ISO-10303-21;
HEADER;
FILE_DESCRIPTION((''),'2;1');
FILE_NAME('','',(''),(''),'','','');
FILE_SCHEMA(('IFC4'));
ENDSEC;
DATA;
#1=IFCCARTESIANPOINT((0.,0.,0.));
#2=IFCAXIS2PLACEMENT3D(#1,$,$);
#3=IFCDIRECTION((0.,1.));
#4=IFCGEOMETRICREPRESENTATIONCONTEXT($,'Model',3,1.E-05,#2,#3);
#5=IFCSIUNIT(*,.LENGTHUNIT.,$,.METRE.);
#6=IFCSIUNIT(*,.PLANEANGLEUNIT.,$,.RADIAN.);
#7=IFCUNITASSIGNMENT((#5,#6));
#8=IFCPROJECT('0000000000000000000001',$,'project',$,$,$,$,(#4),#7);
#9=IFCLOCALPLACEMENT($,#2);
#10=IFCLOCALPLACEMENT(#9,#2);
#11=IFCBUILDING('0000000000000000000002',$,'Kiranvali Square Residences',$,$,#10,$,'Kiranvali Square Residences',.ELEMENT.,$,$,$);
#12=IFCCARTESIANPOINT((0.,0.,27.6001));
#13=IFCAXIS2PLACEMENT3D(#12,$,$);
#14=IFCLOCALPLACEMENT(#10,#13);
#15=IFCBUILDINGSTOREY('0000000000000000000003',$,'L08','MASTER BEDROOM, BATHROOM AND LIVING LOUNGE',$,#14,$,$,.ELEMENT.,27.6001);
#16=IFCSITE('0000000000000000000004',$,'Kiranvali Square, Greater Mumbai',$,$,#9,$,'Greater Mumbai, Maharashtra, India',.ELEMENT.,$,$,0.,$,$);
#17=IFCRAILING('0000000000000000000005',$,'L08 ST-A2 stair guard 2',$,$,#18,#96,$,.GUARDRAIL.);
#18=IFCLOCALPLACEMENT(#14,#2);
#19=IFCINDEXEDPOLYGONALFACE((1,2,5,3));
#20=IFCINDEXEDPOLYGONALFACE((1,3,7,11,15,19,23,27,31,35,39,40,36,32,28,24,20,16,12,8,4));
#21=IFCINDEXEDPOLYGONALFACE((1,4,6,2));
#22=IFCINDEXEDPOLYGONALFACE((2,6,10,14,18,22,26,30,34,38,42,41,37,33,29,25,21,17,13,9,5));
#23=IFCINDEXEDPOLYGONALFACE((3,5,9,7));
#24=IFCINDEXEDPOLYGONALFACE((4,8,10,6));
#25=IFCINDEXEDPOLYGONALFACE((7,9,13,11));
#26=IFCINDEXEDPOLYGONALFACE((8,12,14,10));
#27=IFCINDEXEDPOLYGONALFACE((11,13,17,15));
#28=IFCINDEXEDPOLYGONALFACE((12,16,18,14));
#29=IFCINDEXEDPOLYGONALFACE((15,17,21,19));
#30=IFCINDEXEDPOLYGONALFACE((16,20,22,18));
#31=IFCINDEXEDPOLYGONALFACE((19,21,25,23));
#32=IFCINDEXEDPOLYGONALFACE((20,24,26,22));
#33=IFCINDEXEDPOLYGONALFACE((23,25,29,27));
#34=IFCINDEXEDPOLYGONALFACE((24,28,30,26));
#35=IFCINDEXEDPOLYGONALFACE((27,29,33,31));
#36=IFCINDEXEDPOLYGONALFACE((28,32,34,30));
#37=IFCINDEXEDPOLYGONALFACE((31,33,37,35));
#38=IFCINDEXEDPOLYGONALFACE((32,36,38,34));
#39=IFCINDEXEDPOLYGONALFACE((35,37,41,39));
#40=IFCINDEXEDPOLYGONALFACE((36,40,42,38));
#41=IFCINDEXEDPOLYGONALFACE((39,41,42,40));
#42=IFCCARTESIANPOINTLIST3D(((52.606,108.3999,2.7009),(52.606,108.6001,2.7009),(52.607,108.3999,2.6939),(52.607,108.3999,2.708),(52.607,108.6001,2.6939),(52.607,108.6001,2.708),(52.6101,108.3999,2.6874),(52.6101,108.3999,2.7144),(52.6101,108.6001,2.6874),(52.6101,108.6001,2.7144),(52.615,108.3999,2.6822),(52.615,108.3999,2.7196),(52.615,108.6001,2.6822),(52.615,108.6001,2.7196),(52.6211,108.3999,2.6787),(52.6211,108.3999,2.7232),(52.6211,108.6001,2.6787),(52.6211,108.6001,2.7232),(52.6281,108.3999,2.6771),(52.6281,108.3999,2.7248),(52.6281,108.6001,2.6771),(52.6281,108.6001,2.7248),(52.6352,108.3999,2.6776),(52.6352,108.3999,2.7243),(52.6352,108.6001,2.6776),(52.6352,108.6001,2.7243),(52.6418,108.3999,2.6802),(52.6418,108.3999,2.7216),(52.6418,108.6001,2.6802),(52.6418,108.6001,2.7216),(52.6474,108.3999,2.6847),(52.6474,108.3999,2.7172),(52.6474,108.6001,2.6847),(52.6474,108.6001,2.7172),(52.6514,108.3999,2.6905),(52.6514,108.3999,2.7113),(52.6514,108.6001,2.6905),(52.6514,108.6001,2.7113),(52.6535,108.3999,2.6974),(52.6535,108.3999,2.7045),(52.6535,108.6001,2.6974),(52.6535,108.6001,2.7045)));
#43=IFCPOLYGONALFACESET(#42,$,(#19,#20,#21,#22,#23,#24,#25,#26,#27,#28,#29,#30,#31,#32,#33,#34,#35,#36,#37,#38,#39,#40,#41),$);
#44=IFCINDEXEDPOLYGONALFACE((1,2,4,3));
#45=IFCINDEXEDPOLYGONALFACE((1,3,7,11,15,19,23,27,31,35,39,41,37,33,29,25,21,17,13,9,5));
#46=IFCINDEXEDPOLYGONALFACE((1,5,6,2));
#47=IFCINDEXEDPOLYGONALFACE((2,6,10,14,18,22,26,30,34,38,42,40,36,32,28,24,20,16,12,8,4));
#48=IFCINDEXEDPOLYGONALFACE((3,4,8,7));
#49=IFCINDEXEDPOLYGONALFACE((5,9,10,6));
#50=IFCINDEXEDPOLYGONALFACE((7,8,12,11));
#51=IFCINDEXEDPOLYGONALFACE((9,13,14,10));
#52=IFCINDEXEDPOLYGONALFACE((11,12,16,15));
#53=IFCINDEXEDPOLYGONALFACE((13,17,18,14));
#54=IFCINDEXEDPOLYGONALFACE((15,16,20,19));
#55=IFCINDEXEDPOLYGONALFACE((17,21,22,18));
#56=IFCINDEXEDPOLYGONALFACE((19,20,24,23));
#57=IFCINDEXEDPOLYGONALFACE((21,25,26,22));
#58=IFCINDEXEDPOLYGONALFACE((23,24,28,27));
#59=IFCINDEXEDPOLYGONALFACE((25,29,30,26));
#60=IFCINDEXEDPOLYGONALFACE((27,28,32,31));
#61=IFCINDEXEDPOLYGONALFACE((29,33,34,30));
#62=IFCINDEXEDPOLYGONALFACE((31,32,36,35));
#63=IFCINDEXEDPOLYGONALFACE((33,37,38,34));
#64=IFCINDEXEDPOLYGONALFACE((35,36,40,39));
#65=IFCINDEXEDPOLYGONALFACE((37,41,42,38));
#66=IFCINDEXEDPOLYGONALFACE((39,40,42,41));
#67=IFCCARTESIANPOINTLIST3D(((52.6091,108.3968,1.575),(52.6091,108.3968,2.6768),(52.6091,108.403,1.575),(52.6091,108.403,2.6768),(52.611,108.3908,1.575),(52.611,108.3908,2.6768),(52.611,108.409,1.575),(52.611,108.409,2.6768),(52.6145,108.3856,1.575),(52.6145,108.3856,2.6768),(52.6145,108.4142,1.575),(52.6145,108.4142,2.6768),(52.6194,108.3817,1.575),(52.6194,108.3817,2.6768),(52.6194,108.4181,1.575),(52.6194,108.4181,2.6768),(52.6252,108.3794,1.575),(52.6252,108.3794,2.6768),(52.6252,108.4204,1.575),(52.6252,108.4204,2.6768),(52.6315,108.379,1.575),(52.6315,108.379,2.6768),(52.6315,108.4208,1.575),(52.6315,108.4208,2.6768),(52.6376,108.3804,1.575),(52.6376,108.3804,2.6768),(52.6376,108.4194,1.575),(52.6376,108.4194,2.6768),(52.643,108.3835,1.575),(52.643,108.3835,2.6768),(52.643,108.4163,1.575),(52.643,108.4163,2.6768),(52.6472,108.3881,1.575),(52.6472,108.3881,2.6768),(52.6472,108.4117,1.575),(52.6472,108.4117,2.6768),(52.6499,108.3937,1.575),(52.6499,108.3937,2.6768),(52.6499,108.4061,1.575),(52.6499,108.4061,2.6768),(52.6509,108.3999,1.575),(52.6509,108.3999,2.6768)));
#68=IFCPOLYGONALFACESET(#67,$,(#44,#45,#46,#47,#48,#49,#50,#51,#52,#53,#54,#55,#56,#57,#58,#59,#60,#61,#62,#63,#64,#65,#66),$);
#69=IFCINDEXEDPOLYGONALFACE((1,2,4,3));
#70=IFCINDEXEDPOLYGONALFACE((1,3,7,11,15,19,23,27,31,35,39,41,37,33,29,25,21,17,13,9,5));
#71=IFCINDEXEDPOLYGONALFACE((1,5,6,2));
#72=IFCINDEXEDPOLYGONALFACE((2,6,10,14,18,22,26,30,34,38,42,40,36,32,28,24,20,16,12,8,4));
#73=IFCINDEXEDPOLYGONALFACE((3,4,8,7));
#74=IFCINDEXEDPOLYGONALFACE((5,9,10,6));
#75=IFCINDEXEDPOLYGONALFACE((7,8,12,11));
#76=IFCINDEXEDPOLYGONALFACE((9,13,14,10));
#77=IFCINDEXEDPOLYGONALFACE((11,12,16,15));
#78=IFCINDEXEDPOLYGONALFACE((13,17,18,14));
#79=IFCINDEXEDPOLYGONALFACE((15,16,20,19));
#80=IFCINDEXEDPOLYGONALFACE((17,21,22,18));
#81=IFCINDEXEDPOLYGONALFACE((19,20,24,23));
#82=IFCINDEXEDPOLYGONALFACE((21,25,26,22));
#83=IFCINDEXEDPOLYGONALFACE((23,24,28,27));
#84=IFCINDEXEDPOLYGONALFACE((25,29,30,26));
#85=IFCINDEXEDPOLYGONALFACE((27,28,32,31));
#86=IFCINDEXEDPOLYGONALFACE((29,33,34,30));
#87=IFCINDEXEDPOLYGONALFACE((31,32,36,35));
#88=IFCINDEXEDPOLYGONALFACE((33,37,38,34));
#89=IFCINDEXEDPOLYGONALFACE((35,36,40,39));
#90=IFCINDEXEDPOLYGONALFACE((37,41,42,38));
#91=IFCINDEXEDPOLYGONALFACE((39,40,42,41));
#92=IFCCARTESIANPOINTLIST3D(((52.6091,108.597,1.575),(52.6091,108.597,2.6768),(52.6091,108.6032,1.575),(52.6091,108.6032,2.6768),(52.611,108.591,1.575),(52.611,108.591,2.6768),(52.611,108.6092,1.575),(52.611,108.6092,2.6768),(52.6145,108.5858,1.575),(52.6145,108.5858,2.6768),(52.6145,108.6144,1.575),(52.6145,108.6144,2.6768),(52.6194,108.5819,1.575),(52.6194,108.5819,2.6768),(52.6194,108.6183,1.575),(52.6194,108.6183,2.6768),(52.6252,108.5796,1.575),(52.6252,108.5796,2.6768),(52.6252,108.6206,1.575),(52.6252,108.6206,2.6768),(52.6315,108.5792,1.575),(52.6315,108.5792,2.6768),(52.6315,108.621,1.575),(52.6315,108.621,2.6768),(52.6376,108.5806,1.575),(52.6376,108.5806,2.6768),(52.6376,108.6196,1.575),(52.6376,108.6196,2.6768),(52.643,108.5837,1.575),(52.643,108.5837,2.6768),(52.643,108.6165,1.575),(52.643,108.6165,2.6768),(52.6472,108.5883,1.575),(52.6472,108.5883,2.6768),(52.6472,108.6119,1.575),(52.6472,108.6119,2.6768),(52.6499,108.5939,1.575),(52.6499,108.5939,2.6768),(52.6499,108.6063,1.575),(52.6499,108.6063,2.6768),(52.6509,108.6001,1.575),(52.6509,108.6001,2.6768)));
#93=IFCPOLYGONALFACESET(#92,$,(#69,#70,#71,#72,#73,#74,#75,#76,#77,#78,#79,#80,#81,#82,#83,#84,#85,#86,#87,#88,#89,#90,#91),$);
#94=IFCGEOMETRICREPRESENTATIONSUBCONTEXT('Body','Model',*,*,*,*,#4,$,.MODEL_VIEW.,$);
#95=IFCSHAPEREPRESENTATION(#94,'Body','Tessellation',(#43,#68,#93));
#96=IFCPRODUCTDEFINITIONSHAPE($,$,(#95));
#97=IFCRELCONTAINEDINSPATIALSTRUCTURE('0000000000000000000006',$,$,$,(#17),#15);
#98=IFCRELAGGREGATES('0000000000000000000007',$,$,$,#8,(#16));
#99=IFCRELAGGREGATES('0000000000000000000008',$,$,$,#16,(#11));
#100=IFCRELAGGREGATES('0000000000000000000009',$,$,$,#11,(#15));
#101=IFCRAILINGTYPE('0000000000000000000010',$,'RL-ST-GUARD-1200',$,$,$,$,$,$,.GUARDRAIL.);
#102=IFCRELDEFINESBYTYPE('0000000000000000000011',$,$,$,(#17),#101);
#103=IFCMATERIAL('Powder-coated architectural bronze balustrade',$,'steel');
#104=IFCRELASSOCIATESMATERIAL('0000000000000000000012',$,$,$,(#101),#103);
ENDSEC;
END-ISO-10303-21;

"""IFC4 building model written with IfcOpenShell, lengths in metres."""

from ifc_helpers import new_model, si_unit, direction, frame, origin, origin_2d, place, context, subcontext, project, spatial, circle, extrude, material, type_object, element, save


model = new_model("IFC4")

# Units and contexts
model_context = context("Model", 3, precision=1e-05, world=origin(), true_north=direction((0.0, 1.0)))
body_context = subcontext(model_context, "Body", "Model", "MODEL_VIEW")
ifc_project = project(units=[si_unit("LENGTHUNIT", "METRE"), si_unit("PLANEANGLEUNIT", "RADIAN")], contexts=[model_context])

# Site, building, storey
site_placement = place(None, origin())
site = spatial("IfcSite", under=ifc_project, at=site_placement, Name="Kiranvali Square, Greater Mumbai", LongName="Greater Mumbai, Maharashtra, India", CompositionType="ELEMENT", RefElevation=0.0)
building_placement = place(site_placement, origin())
building = spatial("IfcBuilding", under=site, at=building_placement, Name="Kiranvali Square Residences", LongName="Kiranvali Square Residences", CompositionType="ELEMENT")
storey_placement = place(building_placement, frame((0.0, 0.0, 27.6001)))
storey = spatial("IfcBuildingStorey", under=building, at=storey_placement, Name="L08", Description="MASTER BEDROOM, BATHROOM AND LIVING LOUNGE", CompositionType="ELEMENT", Elevation=27.6001)

# Railing
ifc_material_1 = material(Name="Powder-coated architectural bronze balustrade", Category="steel")
railing_type_1 = type_object("IfcRailingType", Name="RL-ST-GUARD-1200", PredefinedType="GUARDRAIL", material=ifc_material_1)
railing_1_placement = place(storey_placement, frame((52.6299, 108.3999, 1.575)))
element("IfcRailing", 1, at=railing_1_placement, inside=storey, type_object=railing_type_1, Name="L08 ST-A2 stair guard 2", PredefinedType="GUARDRAIL", context=body_context, shape_type="SweptSolid", body=[
    extrude(circle(Radius=0.0239, at=origin_2d()), frame((0.0, 0.0, 1.126), z_axis=(0.0, 1.0, 0.0), x_axis=(-1.0, 0.0, 0.0)), (0.0, 0.0, 1.0), 0.2002),
    extrude(circle(Radius=0.021, at=origin_2d()), origin(), (0.0, 0.0, 1.0), 1.1018),
    extrude(circle(Radius=0.021, at=origin_2d()), frame((0.0, 0.2002, 0.0)), (0.0, 0.0, 1.0), 1.1018),
])

save(model, "model.ifc")
